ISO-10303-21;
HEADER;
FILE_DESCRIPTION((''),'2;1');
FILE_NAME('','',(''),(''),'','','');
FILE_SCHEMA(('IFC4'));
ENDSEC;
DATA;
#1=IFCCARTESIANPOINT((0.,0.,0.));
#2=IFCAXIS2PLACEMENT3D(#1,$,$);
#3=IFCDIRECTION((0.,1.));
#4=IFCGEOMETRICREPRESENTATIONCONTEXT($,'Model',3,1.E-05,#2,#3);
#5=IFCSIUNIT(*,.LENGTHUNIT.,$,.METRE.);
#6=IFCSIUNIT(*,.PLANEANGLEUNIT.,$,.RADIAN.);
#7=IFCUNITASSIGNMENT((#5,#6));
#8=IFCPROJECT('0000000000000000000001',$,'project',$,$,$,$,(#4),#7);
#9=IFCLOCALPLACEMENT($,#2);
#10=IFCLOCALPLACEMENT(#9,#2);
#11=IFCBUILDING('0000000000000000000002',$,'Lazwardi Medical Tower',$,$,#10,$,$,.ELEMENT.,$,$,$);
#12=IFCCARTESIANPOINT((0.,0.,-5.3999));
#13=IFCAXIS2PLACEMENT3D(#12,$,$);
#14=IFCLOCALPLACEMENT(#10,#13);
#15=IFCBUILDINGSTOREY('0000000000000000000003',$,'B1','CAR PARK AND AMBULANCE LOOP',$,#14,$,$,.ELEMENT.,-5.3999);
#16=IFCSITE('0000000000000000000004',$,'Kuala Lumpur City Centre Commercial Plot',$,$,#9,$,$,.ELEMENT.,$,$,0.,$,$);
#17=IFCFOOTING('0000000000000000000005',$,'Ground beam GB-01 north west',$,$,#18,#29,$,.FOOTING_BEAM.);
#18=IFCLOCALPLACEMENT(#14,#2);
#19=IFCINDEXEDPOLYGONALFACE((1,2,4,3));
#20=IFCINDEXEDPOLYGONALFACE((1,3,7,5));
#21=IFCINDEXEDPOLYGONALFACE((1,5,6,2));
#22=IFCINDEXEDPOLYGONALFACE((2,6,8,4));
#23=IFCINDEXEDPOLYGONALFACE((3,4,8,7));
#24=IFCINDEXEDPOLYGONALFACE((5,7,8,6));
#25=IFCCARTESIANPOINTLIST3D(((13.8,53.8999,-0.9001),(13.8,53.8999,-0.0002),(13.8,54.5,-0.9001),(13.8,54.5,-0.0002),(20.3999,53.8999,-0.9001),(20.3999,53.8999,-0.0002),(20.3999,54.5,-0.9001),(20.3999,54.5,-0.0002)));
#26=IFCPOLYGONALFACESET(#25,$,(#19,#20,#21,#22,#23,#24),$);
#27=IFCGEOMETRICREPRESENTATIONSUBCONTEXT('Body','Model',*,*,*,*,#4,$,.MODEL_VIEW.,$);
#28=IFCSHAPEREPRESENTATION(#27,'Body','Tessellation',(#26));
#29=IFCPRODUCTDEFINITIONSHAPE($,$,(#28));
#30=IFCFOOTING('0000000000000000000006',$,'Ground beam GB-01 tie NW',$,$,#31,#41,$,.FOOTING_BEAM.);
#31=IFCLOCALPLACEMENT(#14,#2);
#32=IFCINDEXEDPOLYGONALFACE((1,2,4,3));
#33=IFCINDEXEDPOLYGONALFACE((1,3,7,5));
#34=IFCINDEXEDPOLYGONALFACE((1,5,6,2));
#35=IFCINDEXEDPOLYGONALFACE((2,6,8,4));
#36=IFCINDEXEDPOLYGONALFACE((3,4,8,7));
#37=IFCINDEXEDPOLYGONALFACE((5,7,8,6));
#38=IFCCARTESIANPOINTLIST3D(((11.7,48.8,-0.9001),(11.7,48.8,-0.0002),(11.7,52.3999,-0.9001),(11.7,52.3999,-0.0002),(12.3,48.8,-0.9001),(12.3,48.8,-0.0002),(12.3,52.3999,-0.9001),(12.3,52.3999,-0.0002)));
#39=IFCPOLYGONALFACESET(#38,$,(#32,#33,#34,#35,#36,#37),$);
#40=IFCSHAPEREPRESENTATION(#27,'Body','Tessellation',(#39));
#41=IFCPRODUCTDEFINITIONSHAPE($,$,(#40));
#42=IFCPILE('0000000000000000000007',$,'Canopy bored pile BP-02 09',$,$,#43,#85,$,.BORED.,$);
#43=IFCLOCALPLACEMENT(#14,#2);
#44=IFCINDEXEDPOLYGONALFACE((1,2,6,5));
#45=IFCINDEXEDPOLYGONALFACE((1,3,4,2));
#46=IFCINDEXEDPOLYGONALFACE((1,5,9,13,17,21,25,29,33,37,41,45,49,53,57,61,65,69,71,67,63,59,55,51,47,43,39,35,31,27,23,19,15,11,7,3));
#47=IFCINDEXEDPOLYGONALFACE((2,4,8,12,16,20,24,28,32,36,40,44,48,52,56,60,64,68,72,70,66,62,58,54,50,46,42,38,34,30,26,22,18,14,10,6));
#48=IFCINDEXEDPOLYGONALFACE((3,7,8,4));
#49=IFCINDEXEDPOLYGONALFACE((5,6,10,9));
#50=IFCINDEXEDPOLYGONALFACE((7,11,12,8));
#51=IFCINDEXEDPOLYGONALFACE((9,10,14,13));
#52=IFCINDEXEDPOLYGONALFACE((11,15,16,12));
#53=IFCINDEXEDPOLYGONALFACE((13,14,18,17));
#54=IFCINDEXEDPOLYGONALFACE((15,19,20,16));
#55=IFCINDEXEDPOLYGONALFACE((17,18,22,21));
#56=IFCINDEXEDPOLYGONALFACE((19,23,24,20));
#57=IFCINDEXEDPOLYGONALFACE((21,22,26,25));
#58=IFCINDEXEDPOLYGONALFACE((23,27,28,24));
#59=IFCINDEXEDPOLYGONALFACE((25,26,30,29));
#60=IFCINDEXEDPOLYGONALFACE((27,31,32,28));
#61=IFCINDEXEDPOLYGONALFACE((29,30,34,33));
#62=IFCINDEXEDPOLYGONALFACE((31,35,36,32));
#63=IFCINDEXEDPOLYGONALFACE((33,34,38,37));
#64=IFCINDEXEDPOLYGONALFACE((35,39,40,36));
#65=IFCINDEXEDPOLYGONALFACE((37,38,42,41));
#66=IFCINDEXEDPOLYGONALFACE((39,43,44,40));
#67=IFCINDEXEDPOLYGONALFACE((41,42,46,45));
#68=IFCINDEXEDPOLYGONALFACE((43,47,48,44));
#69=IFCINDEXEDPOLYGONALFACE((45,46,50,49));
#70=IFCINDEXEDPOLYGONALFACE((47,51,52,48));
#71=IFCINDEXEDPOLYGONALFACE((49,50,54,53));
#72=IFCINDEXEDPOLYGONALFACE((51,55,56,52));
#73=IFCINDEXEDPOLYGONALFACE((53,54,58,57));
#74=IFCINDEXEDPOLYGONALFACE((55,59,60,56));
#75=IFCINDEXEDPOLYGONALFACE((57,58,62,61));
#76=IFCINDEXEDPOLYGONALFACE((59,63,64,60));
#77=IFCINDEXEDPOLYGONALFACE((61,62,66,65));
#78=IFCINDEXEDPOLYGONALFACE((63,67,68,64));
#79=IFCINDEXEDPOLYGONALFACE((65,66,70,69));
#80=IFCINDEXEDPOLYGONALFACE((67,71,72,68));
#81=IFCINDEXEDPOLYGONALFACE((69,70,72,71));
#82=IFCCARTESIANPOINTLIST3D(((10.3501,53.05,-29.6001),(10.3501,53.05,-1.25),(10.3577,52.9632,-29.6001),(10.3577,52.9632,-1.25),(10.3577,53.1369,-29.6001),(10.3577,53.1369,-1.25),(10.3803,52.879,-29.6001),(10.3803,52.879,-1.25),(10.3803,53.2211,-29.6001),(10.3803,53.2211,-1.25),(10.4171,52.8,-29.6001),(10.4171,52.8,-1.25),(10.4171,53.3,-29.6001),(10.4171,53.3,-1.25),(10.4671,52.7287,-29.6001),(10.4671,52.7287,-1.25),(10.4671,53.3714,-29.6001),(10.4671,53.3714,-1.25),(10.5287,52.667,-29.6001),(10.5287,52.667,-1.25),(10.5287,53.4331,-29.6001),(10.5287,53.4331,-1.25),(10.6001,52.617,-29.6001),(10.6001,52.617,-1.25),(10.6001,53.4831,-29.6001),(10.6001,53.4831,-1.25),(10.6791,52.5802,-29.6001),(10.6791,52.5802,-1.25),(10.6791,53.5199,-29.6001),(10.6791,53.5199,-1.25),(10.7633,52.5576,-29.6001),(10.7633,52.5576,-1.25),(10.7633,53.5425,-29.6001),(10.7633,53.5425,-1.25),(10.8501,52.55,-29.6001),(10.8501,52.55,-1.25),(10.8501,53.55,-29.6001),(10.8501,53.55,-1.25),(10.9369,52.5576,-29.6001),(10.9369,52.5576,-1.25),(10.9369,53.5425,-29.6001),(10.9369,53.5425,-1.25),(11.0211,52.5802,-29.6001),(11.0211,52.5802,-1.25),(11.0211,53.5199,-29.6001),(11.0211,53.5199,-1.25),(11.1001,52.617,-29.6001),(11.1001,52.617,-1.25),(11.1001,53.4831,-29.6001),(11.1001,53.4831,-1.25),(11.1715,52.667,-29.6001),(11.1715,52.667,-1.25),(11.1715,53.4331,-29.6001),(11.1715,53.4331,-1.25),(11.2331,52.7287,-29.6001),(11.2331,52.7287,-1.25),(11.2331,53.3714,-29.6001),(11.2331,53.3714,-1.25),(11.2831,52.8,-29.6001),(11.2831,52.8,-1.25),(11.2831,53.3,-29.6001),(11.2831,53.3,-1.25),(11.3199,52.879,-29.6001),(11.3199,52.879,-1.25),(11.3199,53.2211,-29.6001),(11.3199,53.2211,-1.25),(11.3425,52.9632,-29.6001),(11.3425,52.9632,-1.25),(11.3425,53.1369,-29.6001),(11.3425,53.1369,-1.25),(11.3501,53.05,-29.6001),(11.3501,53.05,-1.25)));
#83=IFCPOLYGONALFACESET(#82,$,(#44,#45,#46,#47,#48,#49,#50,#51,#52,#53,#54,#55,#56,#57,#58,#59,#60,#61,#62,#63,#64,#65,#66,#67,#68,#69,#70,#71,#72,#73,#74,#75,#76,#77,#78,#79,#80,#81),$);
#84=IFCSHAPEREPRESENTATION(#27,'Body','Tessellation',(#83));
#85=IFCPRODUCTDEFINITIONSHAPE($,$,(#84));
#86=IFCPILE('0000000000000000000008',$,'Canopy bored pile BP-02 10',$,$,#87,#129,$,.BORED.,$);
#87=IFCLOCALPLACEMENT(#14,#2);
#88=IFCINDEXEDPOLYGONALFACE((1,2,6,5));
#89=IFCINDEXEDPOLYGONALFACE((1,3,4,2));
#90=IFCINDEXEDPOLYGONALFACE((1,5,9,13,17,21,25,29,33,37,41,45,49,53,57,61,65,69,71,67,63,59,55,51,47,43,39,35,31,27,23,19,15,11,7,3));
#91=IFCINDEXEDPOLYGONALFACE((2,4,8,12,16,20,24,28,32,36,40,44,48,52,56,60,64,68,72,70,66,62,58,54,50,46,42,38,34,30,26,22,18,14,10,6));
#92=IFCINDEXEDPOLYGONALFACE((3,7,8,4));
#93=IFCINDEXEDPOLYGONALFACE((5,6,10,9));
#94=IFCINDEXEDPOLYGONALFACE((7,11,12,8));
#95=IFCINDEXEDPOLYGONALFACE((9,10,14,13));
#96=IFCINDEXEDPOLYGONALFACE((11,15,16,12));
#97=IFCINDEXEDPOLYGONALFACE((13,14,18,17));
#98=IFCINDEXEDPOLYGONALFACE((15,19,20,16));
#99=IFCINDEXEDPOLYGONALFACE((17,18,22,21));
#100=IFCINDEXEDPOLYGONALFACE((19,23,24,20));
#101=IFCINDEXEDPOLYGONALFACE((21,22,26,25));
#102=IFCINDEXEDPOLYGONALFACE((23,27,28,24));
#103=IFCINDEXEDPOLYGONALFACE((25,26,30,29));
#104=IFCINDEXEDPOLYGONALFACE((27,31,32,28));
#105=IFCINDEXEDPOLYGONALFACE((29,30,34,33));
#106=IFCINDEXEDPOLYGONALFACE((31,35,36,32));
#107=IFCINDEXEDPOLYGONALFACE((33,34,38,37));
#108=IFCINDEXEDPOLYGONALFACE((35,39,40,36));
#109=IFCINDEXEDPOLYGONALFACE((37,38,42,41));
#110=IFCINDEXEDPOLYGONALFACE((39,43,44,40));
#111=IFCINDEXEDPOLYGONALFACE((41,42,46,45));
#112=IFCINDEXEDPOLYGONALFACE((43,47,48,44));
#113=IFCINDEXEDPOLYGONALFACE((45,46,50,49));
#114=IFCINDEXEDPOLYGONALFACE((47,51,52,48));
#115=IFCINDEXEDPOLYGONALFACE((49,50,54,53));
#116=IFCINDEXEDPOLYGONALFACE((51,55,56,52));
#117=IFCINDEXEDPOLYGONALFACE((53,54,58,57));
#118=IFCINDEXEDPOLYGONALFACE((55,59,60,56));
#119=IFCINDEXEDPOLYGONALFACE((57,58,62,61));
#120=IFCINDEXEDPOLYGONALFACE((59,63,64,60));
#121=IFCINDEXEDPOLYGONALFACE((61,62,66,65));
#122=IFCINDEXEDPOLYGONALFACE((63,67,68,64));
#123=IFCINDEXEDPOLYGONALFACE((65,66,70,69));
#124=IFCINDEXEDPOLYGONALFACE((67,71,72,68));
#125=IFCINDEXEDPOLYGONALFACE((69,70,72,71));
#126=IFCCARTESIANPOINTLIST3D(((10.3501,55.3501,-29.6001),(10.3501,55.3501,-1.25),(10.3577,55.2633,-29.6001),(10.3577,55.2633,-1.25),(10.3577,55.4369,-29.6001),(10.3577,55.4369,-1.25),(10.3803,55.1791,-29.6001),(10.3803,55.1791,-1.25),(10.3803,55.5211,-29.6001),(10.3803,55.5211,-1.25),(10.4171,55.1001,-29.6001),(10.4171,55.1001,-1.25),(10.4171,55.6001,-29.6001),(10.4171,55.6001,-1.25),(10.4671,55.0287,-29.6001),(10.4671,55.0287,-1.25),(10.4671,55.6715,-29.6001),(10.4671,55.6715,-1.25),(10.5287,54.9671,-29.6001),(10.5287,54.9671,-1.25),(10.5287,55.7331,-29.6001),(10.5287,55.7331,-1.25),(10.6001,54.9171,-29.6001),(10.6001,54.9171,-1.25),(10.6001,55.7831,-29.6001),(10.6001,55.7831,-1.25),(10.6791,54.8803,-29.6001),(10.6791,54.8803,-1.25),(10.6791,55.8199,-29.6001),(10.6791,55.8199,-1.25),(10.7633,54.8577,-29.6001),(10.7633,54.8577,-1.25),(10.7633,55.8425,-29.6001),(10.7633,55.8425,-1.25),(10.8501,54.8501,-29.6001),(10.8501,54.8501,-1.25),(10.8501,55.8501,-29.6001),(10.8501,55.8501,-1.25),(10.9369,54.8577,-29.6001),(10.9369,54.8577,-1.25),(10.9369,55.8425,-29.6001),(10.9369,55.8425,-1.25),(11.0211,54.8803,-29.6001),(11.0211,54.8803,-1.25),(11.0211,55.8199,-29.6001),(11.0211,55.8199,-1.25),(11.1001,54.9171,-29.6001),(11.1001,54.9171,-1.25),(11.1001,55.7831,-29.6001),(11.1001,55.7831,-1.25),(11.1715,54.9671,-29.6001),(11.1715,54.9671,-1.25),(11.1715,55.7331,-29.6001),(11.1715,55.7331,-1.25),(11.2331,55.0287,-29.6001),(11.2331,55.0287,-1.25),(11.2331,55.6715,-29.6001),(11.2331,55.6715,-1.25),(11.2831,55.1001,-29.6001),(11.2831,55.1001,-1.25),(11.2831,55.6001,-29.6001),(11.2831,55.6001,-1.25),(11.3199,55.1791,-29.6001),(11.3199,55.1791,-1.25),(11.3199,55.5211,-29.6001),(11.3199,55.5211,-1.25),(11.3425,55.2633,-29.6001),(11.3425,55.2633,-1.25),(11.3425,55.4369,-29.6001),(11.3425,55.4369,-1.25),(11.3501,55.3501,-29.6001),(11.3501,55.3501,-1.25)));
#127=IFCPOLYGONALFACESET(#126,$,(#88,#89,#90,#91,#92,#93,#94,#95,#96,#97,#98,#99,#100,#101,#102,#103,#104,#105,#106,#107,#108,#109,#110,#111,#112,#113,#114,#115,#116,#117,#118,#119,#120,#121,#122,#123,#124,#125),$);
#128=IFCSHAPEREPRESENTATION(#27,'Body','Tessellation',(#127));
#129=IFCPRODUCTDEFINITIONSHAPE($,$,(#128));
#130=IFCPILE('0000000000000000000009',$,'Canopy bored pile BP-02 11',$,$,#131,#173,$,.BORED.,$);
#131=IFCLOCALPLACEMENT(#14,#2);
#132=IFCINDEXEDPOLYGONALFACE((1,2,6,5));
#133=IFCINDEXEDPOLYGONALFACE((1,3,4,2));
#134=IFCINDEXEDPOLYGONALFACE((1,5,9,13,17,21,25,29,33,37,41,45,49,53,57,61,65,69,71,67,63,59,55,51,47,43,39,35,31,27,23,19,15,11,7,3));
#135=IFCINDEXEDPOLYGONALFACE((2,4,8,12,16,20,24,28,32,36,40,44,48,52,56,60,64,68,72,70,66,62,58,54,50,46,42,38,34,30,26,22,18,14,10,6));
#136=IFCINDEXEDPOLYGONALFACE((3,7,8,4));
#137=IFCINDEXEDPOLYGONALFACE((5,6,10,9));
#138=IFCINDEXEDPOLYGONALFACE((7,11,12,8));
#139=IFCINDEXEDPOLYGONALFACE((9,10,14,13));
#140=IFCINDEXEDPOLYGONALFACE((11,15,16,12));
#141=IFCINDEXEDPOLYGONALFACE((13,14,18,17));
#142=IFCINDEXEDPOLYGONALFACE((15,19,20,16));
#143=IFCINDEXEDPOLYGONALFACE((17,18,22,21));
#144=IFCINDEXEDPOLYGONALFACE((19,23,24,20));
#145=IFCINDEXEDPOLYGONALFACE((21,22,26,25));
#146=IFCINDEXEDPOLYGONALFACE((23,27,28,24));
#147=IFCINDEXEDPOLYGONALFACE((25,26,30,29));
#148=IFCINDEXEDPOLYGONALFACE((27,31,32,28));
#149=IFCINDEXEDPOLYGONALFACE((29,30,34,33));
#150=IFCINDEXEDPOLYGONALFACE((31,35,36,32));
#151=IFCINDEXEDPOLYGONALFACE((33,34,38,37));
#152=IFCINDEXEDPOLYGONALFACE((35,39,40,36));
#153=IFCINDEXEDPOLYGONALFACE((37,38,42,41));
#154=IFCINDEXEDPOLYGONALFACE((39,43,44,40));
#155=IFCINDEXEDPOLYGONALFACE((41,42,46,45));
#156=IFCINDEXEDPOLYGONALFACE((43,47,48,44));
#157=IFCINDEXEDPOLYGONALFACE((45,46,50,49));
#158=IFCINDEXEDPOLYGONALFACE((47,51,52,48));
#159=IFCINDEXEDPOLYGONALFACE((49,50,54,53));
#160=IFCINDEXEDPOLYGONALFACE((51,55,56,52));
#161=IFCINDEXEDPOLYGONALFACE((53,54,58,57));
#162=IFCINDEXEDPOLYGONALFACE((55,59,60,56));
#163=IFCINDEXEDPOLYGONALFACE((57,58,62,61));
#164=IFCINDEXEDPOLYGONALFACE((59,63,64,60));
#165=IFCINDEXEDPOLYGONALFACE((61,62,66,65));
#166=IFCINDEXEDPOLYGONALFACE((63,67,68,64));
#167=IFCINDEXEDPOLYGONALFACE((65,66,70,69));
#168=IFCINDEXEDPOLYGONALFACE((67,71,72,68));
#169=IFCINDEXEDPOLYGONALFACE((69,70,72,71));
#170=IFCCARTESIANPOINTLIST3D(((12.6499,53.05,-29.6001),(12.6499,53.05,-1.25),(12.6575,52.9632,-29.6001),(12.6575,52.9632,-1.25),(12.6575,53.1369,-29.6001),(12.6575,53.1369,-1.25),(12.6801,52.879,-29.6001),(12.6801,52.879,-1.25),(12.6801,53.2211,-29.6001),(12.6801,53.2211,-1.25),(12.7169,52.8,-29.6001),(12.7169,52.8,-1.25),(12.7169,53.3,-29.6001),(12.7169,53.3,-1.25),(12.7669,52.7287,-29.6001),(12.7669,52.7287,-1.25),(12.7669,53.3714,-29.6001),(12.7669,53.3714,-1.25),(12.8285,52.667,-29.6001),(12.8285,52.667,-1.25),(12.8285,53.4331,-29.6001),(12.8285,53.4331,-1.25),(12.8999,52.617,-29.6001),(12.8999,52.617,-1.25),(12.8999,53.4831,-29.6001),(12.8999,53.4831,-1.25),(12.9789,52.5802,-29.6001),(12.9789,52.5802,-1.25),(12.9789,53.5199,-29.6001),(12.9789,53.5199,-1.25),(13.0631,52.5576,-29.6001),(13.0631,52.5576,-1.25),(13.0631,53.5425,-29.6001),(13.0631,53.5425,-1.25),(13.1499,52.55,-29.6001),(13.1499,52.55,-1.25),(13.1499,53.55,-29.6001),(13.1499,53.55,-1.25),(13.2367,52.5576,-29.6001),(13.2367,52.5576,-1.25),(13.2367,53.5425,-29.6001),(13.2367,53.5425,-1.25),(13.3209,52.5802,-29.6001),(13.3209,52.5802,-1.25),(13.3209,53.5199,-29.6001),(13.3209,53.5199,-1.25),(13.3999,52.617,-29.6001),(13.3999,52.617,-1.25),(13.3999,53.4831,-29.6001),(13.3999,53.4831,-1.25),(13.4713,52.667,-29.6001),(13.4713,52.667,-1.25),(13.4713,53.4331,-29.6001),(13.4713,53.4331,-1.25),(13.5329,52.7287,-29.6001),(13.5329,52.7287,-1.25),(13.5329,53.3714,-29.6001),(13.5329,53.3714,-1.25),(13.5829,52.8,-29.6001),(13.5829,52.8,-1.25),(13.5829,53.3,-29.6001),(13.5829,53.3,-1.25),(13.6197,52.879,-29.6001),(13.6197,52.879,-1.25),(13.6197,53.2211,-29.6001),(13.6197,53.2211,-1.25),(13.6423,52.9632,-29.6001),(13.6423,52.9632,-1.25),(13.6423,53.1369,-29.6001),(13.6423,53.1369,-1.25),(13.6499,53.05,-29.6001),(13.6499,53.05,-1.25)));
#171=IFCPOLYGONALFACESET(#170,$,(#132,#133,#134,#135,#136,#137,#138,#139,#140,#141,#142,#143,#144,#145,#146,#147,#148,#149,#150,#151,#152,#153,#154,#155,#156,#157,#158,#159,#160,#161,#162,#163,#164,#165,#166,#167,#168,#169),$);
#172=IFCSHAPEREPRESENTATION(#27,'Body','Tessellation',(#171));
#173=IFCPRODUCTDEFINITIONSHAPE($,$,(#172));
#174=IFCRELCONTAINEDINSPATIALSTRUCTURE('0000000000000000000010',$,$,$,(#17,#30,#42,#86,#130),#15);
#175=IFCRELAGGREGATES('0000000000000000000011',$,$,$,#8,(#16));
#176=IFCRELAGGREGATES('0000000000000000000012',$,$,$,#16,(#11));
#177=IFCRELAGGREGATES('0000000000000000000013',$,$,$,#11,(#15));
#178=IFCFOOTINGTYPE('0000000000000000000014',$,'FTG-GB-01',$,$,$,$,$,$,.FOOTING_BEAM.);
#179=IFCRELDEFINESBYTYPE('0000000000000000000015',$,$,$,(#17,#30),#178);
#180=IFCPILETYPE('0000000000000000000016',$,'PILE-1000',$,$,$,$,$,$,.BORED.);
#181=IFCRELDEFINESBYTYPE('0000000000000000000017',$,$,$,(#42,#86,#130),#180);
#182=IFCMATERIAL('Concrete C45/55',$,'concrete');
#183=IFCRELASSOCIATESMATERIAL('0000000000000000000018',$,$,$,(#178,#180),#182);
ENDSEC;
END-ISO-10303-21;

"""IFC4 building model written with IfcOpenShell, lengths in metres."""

from ifc_helpers import new_model, si_unit, direction, frame, origin, origin_2d, place, context, subcontext, project, spatial, rectangle, circle, extrude, material, material_profile, profile_set, type_object, element, save


model = new_model("IFC4")

# Units and contexts
model_context = context("Model", 3, precision=1e-05, world=origin(), true_north=direction((0.0, 1.0)))
body_context = subcontext(model_context, "Body", "Model", "MODEL_VIEW")
ifc_project = project(units=[si_unit("LENGTHUNIT", "METRE"), si_unit("PLANEANGLEUNIT", "RADIAN")], contexts=[model_context])

# Site, building, storey
site_placement = place(None, origin())
site = spatial("IfcSite", under=ifc_project, at=site_placement, Name="Kuala Lumpur City Centre Commercial Plot", CompositionType="ELEMENT", RefElevation=0.0)
building_placement = place(site_placement, origin())
building = spatial("IfcBuilding", under=site, at=building_placement, Name="Lazwardi Medical Tower", CompositionType="ELEMENT")
storey_placement = place(building_placement, frame((0.0, 0.0, -5.3999)))
storey = spatial("IfcBuildingStorey", under=building, at=storey_placement, Name="B1", Description="CAR PARK AND AMBULANCE LOOP", CompositionType="ELEMENT", Elevation=-5.3999)

# Footings
ifc_material_1 = material(Name="Concrete C45/55", Category="concrete")
ifc_material_profile_1 = material_profile(ifc_material_1, rectangle(XDim=0.6001, YDim=0.8999, at=origin_2d()), Name="RC-GB 600x900")
ifc_profile_set_1 = profile_set([ifc_material_profile_1], Name="Concrete C45/55")
footing_type = type_object("IfcFootingType", Name="FTG-GB-01", PredefinedType="FOOTING_BEAM", material=ifc_profile_set_1)
footing_1_placement = place(storey_placement, frame((13.8, 54.2, -0.4502), z_axis=(1.0, 0.0, 0.0), x_axis=(0.0, 1.0, 0.0)))
element("IfcFooting", 1, at=footing_1_placement, inside=storey, type_object=footing_type, Name="Ground beam GB-01 north west", PredefinedType="FOOTING_BEAM", context=body_context, shape_type="SweptSolid", body=[
    extrude(rectangle(XDim=0.6001, YDim=0.8999, at=origin_2d()), origin(), (0.0, 0.0, 1.0), 6.5999),
])
footing_2_placement = place(storey_placement, frame((12.0, 52.3999, -0.4502), z_axis=(0.0, -1.0, 0.0), x_axis=(1.0, 0.0, 0.0)))
element("IfcFooting", 2, at=footing_2_placement, inside=storey, type_object=footing_type, Name="Ground beam GB-01 tie NW", PredefinedType="FOOTING_BEAM", context=body_context, shape_type="SweptSolid", body=[
    extrude(rectangle(XDim=0.6001, YDim=0.8999, at=origin_2d()), origin(), (0.0, 0.0, 1.0), 3.5999),
])

# Piles
ifc_material_profile_2 = material_profile(ifc_material_1, circle(Radius=0.5, at=origin_2d()), Name="BORED PILE D1000")
ifc_profile_set_2 = profile_set([ifc_material_profile_2], Name="Concrete C45/55")
pile_type_1 = type_object("IfcPileType", Name="PILE-1000", PredefinedType="BORED", material=ifc_profile_set_2)
for number, where, z_axis, x_axis, name in (
    (3, (10.8501, 53.05, -1.25), (0.0, 0.0, -1.0), (1.0, 0.0, 0.0), "Canopy bored pile BP-02 09"),
    (4, (10.8501, 55.3501, -1.25), (0.0, 0.0, -1.0), (1.0, 0.0, 0.0), "Canopy bored pile BP-02 10"),
    (5, (13.1499, 53.05, -1.25), (0.0, 0.0, -1.0), (1.0, 0.0, 0.0), "Canopy bored pile BP-02 11"),
):
    element("IfcPile", number, at=place(storey_placement, frame(where, z_axis=z_axis, x_axis=x_axis)), inside=storey, type_object=pile_type_1, Name=name, PredefinedType="BORED", context=body_context, shape_type="SweptSolid", body=[
        extrude(circle(Radius=0.5, at=origin_2d()), origin(), (0.0, 0.0, 1.0), 28.3501),
    ])

save(model, "model.ifc")
